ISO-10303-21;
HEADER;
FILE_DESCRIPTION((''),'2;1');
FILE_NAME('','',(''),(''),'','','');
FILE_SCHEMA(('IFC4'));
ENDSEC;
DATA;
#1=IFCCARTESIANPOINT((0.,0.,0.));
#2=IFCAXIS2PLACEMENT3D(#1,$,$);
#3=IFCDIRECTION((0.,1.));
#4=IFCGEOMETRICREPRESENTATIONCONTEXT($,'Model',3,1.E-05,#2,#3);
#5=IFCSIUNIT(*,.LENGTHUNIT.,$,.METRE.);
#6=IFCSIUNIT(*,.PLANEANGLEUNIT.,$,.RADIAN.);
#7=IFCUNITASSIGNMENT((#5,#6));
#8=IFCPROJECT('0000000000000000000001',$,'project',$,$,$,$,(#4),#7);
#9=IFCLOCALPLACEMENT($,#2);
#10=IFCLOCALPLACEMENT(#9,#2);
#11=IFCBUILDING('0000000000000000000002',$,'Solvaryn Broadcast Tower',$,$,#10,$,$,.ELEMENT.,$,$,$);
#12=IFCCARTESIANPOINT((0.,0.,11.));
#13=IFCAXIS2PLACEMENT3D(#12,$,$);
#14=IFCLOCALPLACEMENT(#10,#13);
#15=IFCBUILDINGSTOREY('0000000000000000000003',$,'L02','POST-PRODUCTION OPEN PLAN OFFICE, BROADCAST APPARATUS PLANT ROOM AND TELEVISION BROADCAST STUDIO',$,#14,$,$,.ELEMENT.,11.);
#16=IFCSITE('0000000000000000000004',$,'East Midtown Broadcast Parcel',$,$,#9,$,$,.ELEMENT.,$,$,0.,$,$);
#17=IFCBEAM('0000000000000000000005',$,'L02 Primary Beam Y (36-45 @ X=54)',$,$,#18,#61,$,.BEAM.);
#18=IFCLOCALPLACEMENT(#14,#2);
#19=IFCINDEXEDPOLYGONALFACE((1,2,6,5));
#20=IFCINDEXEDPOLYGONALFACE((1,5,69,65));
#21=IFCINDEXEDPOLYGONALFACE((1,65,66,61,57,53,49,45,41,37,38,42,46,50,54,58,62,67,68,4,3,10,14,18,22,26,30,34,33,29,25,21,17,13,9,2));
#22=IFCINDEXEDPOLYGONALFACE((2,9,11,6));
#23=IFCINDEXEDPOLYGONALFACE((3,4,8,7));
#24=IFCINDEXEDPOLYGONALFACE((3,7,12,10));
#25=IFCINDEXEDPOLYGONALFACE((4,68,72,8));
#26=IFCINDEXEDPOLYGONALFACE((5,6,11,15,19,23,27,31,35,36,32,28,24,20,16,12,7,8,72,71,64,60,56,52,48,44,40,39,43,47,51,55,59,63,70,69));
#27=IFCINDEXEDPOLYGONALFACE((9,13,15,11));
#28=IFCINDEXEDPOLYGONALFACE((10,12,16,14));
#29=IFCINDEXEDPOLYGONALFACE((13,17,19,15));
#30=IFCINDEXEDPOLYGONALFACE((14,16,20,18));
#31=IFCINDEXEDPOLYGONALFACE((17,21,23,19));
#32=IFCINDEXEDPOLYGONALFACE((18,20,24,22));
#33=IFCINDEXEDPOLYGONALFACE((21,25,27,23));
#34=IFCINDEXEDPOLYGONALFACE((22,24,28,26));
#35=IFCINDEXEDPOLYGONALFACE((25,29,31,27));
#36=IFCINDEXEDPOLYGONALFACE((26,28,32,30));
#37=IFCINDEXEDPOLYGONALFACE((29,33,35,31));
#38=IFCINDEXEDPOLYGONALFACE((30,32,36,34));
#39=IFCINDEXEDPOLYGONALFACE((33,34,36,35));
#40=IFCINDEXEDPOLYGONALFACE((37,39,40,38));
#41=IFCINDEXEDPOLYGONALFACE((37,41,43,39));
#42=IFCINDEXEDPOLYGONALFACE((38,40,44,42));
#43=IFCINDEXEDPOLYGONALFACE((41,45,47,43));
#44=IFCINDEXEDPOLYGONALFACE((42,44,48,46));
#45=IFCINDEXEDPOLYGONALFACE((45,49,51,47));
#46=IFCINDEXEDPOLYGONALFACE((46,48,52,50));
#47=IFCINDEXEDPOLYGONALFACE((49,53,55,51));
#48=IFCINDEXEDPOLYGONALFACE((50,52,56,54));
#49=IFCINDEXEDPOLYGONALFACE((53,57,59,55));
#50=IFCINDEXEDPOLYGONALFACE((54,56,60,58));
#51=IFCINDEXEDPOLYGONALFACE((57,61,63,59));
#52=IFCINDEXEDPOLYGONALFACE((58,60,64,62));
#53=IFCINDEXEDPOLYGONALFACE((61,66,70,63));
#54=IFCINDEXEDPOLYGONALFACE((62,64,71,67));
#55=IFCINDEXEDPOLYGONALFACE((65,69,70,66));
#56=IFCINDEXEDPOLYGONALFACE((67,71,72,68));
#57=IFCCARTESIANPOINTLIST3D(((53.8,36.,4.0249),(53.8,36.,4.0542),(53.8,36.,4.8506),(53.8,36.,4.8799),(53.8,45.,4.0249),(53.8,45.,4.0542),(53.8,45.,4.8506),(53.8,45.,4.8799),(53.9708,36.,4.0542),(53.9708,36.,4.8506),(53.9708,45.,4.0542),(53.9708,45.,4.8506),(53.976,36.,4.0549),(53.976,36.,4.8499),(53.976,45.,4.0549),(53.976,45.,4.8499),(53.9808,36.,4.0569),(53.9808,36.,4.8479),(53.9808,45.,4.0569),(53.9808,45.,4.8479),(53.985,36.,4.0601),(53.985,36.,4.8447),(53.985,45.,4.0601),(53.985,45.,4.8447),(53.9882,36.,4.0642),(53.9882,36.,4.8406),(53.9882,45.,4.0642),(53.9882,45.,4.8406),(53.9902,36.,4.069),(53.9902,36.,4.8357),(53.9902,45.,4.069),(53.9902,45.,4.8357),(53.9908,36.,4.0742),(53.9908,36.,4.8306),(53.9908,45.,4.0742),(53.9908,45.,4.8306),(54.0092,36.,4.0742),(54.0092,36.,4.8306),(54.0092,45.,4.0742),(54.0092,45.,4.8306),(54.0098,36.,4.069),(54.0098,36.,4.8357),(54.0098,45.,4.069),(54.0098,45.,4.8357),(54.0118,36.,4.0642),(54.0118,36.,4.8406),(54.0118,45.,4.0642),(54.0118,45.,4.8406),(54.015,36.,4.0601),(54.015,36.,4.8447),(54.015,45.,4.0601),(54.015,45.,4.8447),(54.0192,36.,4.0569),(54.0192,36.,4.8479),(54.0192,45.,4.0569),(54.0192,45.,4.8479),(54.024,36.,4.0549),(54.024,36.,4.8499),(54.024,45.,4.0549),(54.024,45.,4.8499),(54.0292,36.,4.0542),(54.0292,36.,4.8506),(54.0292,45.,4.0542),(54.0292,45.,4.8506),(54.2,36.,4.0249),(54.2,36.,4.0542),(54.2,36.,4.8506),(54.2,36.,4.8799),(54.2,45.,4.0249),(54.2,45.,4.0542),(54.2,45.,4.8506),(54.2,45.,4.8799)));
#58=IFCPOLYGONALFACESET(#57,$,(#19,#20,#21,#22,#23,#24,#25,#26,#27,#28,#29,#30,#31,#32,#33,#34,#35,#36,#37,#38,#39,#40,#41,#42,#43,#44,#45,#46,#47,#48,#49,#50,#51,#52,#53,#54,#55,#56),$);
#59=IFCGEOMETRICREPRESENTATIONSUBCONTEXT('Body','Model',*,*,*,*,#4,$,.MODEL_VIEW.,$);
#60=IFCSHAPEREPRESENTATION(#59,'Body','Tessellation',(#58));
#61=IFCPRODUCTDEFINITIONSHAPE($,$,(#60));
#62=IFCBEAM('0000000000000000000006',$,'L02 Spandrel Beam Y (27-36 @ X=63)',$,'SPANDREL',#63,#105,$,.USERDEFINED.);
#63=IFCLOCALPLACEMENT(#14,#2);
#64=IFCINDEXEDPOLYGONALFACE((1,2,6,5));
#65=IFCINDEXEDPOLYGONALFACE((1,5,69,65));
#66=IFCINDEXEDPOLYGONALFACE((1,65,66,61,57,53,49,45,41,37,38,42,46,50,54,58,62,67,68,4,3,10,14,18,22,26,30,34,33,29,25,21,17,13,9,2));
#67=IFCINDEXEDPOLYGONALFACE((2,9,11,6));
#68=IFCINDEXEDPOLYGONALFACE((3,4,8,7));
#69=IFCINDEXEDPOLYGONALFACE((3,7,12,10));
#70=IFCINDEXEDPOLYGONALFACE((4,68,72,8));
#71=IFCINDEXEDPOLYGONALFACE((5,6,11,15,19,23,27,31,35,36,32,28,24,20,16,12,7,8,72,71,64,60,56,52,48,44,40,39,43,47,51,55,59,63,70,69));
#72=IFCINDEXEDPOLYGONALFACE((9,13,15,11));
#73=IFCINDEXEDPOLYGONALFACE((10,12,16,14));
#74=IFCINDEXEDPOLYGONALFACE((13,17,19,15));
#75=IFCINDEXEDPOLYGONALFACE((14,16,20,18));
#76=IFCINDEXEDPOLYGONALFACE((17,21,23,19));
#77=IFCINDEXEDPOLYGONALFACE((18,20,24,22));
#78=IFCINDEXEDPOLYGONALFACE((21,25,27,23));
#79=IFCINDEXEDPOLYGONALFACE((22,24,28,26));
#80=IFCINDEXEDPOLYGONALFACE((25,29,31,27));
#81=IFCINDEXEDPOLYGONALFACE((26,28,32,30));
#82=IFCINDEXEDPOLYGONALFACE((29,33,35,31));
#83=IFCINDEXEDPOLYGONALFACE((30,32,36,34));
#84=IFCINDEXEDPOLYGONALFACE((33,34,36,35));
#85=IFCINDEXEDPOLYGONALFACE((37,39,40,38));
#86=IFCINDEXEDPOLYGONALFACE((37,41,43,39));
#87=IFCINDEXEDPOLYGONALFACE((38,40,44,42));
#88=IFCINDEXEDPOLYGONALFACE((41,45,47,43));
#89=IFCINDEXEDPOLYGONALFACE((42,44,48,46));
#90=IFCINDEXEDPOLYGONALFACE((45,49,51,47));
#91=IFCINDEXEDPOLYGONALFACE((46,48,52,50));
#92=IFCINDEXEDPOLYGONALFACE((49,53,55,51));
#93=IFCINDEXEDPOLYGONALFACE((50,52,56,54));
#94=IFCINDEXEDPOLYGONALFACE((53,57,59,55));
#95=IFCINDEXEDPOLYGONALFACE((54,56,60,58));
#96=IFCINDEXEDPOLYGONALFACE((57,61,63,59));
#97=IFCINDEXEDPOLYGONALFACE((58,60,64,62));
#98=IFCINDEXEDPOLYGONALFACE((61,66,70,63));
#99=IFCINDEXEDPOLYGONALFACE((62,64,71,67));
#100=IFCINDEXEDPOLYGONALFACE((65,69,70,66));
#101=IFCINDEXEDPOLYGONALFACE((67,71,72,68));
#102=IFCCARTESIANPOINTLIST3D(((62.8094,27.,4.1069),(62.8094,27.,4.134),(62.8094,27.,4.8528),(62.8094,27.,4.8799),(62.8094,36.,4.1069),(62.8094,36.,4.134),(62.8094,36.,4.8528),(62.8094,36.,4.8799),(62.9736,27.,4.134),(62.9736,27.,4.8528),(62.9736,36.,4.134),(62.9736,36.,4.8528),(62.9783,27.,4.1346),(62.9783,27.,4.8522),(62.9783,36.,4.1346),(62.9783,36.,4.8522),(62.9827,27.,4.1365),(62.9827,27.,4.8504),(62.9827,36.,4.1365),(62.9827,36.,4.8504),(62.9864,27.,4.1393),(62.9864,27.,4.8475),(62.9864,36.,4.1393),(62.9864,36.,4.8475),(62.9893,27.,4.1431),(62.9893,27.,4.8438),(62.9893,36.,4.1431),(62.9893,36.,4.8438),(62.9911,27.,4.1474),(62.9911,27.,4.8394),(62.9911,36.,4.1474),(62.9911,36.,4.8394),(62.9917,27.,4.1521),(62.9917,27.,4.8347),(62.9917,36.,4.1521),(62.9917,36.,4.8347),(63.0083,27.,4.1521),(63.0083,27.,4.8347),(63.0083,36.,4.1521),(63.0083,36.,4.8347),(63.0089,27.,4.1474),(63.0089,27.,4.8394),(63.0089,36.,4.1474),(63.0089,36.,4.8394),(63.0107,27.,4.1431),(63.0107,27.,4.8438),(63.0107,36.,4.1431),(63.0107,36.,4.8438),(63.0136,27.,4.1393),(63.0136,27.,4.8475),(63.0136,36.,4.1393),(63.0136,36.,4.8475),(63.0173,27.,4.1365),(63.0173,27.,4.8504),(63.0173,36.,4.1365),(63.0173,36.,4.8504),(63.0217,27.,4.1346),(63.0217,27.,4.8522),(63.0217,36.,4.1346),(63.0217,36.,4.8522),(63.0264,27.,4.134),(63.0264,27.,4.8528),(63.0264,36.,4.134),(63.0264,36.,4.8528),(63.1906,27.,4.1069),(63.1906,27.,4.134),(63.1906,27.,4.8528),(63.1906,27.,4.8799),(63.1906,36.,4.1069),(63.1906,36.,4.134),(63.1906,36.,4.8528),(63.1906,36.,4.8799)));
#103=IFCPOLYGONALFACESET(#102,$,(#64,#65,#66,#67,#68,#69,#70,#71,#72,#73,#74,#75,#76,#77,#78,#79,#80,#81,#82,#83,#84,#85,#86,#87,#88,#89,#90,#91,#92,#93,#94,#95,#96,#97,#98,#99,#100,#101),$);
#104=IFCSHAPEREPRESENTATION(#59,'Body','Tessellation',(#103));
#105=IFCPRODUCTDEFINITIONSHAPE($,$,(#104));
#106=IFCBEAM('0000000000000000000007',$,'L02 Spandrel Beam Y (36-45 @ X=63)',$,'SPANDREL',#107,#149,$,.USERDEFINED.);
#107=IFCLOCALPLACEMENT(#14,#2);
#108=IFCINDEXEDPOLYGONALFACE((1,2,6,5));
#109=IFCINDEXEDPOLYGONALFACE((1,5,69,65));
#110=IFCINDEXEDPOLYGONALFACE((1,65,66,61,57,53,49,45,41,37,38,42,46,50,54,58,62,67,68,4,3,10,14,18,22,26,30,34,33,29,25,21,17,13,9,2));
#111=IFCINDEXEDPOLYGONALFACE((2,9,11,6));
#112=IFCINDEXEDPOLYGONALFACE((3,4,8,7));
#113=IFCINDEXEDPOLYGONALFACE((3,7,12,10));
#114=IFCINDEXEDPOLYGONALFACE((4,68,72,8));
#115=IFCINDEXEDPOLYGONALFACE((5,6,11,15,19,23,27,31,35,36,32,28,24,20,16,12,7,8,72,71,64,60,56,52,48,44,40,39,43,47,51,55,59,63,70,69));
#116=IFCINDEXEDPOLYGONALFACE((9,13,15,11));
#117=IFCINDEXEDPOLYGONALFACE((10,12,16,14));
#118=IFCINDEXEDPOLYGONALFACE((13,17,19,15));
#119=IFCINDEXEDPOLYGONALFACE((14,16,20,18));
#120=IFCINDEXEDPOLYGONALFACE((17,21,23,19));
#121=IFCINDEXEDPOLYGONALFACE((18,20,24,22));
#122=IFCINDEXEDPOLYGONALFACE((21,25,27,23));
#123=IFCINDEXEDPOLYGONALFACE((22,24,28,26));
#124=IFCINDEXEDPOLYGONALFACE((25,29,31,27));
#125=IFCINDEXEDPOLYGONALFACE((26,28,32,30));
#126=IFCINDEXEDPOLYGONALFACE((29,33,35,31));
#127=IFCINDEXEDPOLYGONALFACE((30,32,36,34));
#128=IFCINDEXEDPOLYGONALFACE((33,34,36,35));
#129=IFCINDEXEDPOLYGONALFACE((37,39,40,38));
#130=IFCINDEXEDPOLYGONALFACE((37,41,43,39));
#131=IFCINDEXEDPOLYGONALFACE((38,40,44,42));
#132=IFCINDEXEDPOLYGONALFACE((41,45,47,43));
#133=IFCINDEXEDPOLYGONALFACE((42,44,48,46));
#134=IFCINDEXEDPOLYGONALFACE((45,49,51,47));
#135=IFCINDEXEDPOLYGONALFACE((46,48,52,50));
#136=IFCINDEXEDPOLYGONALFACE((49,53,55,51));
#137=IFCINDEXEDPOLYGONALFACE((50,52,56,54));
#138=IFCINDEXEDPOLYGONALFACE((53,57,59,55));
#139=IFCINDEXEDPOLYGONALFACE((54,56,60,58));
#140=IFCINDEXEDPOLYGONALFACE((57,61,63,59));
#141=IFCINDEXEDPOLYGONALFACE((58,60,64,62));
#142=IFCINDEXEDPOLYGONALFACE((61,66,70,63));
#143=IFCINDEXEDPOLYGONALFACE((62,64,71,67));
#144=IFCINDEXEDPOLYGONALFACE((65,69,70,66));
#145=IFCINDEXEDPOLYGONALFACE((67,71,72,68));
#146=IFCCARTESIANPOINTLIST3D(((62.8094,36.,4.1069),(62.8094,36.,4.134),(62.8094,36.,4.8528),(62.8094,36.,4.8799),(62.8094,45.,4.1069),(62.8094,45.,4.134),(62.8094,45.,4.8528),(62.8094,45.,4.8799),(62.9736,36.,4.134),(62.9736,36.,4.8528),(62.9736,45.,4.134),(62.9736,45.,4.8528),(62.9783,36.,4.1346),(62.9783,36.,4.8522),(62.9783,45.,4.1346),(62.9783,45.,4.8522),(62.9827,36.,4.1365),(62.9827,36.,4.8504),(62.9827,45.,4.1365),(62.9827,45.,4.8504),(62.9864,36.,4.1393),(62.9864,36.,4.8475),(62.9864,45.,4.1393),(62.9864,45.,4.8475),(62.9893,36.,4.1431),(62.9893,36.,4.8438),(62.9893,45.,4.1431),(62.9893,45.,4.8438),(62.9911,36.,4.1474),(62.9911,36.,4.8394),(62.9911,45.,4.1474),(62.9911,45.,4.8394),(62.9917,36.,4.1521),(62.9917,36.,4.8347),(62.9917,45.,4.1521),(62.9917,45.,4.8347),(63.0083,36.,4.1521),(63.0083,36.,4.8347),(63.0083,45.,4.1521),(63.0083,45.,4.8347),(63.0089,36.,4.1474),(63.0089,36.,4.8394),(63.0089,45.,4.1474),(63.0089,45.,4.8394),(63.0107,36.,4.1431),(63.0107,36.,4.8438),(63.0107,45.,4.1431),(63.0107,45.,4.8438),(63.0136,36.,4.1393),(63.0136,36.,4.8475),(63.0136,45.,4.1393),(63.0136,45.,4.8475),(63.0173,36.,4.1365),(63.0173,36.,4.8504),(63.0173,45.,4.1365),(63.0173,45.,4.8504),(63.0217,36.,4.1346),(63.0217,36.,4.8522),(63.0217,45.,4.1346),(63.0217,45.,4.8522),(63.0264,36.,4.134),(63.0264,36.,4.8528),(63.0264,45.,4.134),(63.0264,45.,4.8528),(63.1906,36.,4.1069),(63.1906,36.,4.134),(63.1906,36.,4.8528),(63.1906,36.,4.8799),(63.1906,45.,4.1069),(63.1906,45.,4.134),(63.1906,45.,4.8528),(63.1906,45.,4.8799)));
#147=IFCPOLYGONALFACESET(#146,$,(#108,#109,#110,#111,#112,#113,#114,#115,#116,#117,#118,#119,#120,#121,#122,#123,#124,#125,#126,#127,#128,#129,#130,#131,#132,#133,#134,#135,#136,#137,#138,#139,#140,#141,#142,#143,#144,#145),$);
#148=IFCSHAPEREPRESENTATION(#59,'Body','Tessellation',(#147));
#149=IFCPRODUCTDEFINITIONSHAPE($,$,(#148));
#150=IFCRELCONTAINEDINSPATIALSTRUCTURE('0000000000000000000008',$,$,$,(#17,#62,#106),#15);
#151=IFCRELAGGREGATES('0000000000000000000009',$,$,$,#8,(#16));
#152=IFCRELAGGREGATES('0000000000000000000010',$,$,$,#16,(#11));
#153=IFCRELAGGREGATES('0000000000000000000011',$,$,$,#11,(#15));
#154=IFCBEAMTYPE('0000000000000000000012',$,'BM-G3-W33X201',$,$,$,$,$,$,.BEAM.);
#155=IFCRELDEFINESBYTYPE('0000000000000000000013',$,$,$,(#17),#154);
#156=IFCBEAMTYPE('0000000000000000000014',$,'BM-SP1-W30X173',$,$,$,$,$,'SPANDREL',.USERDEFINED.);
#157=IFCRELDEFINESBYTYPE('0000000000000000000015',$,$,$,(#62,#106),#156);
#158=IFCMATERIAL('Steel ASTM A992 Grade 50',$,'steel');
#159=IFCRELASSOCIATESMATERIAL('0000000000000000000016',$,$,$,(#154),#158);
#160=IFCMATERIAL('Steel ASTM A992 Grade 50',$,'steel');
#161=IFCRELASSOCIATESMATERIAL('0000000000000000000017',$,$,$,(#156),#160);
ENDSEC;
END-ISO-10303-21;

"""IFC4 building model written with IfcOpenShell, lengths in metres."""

from ifc_helpers import new_model, si_unit, direction, frame, origin, origin_2d, place, context, subcontext, project, spatial, i_section, extrude, material, material_profile, profile_set, type_object, element, save


model = new_model("IFC4")

# Units and contexts
model_context = context("Model", 3, precision=1e-05, world=origin(), true_north=direction((0.0, 1.0)))
body_context = subcontext(model_context, "Body", "Model", "MODEL_VIEW")
ifc_project = project(units=[si_unit("LENGTHUNIT", "METRE"), si_unit("PLANEANGLEUNIT", "RADIAN")], contexts=[model_context])

# Site, building, storey
site_placement = place(None, origin())
site = spatial("IfcSite", under=ifc_project, at=site_placement, Name="East Midtown Broadcast Parcel", CompositionType="ELEMENT", RefElevation=0.0)
building_placement = place(site_placement, origin())
building = spatial("IfcBuilding", under=site, at=building_placement, Name="Solvaryn Broadcast Tower", CompositionType="ELEMENT")
storey_placement = place(building_placement, frame((0.0, 0.0, 11.0)))
storey = spatial("IfcBuildingStorey", under=building, at=storey_placement, Name="L02", Description="POST-PRODUCTION OPEN PLAN OFFICE, BROADCAST APPARATUS PLANT ROOM AND TELEVISION BROADCAST STUDIO", CompositionType="ELEMENT", Elevation=11.0)

# Beams
ifc_material_1 = material(Name="Steel ASTM A992 Grade 50", Category="steel")
ifc_material_profile_1 = material_profile(ifc_material_1, i_section(OverallWidth=0.3999, OverallDepth=0.855, WebThickness=0.0183, FlangeThickness=0.0293, FilletRadius=0.02, at=origin_2d()))
ifc_profile_set_1 = profile_set([ifc_material_profile_1], Name="Steel ASTM A992 Grade 50")
beam_type_1 = type_object("IfcBeamType", Name="BM-G3-W33X201", PredefinedType="BEAM", material=ifc_profile_set_1)
for number, where, z_axis, x_axis, name in (
    (1, (54.0, 36.0, 4.4524), (0.0, 1.0, 0.0), (-1.0, 0.0, 0.0), "L02 Primary Beam Y (36-45 @ X=54)"),
):
    element("IfcBeam", number, at=place(storey_placement, frame(where, z_axis=z_axis, x_axis=x_axis)), inside=storey, type_object=beam_type_1, Name=name, PredefinedType="BEAM", context=body_context, shape_type="SweptSolid", body=[
        extrude(i_section(OverallWidth=0.3999, OverallDepth=0.855, WebThickness=0.0183, FlangeThickness=0.0293, FilletRadius=0.02, at=origin_2d()), origin(), (0.0, 0.0, 1.0), 9.0),
    ])
ifc_material_2 = material(Name="Steel ASTM A992 Grade 50", Category="steel")
ifc_material_profile_2 = material_profile(ifc_material_2, i_section(OverallWidth=0.3811, OverallDepth=0.7729, WebThickness=0.0166, FlangeThickness=0.0271, FilletRadius=0.0181, at=origin_2d()))
ifc_profile_set_2 = profile_set([ifc_material_profile_2], Name="Steel ASTM A992 Grade 50")
beam_type_2 = type_object("IfcBeamType", Name="BM-SP1-W30X173", ElementType="SPANDREL", PredefinedType="USERDEFINED", material=ifc_profile_set_2)
for number, where, z_axis, x_axis, name in (
    (2, (63.0, 27.0, 4.4934), (0.0, 1.0, 0.0), (-1.0, 0.0, 0.0), "L02 Spandrel Beam Y (27-36 @ X=63)"),
    (3, (63.0, 36.0, 4.4934), (0.0, 1.0, 0.0), (-1.0, 0.0, 0.0), "L02 Spandrel Beam Y (36-45 @ X=63)"),
):
    element("IfcBeam", number, at=place(storey_placement, frame(where, z_axis=z_axis, x_axis=x_axis)), inside=storey, type_object=beam_type_2, Name=name, ObjectType="SPANDREL", PredefinedType="USERDEFINED", context=body_context, shape_type="SweptSolid", body=[
        extrude(i_section(OverallWidth=0.3811, OverallDepth=0.7729, WebThickness=0.0166, FlangeThickness=0.0271, FilletRadius=0.0181, at=origin_2d()), origin(), (0.0, 0.0, 1.0), 9.0),
    ])

save(model, "model.ifc")
